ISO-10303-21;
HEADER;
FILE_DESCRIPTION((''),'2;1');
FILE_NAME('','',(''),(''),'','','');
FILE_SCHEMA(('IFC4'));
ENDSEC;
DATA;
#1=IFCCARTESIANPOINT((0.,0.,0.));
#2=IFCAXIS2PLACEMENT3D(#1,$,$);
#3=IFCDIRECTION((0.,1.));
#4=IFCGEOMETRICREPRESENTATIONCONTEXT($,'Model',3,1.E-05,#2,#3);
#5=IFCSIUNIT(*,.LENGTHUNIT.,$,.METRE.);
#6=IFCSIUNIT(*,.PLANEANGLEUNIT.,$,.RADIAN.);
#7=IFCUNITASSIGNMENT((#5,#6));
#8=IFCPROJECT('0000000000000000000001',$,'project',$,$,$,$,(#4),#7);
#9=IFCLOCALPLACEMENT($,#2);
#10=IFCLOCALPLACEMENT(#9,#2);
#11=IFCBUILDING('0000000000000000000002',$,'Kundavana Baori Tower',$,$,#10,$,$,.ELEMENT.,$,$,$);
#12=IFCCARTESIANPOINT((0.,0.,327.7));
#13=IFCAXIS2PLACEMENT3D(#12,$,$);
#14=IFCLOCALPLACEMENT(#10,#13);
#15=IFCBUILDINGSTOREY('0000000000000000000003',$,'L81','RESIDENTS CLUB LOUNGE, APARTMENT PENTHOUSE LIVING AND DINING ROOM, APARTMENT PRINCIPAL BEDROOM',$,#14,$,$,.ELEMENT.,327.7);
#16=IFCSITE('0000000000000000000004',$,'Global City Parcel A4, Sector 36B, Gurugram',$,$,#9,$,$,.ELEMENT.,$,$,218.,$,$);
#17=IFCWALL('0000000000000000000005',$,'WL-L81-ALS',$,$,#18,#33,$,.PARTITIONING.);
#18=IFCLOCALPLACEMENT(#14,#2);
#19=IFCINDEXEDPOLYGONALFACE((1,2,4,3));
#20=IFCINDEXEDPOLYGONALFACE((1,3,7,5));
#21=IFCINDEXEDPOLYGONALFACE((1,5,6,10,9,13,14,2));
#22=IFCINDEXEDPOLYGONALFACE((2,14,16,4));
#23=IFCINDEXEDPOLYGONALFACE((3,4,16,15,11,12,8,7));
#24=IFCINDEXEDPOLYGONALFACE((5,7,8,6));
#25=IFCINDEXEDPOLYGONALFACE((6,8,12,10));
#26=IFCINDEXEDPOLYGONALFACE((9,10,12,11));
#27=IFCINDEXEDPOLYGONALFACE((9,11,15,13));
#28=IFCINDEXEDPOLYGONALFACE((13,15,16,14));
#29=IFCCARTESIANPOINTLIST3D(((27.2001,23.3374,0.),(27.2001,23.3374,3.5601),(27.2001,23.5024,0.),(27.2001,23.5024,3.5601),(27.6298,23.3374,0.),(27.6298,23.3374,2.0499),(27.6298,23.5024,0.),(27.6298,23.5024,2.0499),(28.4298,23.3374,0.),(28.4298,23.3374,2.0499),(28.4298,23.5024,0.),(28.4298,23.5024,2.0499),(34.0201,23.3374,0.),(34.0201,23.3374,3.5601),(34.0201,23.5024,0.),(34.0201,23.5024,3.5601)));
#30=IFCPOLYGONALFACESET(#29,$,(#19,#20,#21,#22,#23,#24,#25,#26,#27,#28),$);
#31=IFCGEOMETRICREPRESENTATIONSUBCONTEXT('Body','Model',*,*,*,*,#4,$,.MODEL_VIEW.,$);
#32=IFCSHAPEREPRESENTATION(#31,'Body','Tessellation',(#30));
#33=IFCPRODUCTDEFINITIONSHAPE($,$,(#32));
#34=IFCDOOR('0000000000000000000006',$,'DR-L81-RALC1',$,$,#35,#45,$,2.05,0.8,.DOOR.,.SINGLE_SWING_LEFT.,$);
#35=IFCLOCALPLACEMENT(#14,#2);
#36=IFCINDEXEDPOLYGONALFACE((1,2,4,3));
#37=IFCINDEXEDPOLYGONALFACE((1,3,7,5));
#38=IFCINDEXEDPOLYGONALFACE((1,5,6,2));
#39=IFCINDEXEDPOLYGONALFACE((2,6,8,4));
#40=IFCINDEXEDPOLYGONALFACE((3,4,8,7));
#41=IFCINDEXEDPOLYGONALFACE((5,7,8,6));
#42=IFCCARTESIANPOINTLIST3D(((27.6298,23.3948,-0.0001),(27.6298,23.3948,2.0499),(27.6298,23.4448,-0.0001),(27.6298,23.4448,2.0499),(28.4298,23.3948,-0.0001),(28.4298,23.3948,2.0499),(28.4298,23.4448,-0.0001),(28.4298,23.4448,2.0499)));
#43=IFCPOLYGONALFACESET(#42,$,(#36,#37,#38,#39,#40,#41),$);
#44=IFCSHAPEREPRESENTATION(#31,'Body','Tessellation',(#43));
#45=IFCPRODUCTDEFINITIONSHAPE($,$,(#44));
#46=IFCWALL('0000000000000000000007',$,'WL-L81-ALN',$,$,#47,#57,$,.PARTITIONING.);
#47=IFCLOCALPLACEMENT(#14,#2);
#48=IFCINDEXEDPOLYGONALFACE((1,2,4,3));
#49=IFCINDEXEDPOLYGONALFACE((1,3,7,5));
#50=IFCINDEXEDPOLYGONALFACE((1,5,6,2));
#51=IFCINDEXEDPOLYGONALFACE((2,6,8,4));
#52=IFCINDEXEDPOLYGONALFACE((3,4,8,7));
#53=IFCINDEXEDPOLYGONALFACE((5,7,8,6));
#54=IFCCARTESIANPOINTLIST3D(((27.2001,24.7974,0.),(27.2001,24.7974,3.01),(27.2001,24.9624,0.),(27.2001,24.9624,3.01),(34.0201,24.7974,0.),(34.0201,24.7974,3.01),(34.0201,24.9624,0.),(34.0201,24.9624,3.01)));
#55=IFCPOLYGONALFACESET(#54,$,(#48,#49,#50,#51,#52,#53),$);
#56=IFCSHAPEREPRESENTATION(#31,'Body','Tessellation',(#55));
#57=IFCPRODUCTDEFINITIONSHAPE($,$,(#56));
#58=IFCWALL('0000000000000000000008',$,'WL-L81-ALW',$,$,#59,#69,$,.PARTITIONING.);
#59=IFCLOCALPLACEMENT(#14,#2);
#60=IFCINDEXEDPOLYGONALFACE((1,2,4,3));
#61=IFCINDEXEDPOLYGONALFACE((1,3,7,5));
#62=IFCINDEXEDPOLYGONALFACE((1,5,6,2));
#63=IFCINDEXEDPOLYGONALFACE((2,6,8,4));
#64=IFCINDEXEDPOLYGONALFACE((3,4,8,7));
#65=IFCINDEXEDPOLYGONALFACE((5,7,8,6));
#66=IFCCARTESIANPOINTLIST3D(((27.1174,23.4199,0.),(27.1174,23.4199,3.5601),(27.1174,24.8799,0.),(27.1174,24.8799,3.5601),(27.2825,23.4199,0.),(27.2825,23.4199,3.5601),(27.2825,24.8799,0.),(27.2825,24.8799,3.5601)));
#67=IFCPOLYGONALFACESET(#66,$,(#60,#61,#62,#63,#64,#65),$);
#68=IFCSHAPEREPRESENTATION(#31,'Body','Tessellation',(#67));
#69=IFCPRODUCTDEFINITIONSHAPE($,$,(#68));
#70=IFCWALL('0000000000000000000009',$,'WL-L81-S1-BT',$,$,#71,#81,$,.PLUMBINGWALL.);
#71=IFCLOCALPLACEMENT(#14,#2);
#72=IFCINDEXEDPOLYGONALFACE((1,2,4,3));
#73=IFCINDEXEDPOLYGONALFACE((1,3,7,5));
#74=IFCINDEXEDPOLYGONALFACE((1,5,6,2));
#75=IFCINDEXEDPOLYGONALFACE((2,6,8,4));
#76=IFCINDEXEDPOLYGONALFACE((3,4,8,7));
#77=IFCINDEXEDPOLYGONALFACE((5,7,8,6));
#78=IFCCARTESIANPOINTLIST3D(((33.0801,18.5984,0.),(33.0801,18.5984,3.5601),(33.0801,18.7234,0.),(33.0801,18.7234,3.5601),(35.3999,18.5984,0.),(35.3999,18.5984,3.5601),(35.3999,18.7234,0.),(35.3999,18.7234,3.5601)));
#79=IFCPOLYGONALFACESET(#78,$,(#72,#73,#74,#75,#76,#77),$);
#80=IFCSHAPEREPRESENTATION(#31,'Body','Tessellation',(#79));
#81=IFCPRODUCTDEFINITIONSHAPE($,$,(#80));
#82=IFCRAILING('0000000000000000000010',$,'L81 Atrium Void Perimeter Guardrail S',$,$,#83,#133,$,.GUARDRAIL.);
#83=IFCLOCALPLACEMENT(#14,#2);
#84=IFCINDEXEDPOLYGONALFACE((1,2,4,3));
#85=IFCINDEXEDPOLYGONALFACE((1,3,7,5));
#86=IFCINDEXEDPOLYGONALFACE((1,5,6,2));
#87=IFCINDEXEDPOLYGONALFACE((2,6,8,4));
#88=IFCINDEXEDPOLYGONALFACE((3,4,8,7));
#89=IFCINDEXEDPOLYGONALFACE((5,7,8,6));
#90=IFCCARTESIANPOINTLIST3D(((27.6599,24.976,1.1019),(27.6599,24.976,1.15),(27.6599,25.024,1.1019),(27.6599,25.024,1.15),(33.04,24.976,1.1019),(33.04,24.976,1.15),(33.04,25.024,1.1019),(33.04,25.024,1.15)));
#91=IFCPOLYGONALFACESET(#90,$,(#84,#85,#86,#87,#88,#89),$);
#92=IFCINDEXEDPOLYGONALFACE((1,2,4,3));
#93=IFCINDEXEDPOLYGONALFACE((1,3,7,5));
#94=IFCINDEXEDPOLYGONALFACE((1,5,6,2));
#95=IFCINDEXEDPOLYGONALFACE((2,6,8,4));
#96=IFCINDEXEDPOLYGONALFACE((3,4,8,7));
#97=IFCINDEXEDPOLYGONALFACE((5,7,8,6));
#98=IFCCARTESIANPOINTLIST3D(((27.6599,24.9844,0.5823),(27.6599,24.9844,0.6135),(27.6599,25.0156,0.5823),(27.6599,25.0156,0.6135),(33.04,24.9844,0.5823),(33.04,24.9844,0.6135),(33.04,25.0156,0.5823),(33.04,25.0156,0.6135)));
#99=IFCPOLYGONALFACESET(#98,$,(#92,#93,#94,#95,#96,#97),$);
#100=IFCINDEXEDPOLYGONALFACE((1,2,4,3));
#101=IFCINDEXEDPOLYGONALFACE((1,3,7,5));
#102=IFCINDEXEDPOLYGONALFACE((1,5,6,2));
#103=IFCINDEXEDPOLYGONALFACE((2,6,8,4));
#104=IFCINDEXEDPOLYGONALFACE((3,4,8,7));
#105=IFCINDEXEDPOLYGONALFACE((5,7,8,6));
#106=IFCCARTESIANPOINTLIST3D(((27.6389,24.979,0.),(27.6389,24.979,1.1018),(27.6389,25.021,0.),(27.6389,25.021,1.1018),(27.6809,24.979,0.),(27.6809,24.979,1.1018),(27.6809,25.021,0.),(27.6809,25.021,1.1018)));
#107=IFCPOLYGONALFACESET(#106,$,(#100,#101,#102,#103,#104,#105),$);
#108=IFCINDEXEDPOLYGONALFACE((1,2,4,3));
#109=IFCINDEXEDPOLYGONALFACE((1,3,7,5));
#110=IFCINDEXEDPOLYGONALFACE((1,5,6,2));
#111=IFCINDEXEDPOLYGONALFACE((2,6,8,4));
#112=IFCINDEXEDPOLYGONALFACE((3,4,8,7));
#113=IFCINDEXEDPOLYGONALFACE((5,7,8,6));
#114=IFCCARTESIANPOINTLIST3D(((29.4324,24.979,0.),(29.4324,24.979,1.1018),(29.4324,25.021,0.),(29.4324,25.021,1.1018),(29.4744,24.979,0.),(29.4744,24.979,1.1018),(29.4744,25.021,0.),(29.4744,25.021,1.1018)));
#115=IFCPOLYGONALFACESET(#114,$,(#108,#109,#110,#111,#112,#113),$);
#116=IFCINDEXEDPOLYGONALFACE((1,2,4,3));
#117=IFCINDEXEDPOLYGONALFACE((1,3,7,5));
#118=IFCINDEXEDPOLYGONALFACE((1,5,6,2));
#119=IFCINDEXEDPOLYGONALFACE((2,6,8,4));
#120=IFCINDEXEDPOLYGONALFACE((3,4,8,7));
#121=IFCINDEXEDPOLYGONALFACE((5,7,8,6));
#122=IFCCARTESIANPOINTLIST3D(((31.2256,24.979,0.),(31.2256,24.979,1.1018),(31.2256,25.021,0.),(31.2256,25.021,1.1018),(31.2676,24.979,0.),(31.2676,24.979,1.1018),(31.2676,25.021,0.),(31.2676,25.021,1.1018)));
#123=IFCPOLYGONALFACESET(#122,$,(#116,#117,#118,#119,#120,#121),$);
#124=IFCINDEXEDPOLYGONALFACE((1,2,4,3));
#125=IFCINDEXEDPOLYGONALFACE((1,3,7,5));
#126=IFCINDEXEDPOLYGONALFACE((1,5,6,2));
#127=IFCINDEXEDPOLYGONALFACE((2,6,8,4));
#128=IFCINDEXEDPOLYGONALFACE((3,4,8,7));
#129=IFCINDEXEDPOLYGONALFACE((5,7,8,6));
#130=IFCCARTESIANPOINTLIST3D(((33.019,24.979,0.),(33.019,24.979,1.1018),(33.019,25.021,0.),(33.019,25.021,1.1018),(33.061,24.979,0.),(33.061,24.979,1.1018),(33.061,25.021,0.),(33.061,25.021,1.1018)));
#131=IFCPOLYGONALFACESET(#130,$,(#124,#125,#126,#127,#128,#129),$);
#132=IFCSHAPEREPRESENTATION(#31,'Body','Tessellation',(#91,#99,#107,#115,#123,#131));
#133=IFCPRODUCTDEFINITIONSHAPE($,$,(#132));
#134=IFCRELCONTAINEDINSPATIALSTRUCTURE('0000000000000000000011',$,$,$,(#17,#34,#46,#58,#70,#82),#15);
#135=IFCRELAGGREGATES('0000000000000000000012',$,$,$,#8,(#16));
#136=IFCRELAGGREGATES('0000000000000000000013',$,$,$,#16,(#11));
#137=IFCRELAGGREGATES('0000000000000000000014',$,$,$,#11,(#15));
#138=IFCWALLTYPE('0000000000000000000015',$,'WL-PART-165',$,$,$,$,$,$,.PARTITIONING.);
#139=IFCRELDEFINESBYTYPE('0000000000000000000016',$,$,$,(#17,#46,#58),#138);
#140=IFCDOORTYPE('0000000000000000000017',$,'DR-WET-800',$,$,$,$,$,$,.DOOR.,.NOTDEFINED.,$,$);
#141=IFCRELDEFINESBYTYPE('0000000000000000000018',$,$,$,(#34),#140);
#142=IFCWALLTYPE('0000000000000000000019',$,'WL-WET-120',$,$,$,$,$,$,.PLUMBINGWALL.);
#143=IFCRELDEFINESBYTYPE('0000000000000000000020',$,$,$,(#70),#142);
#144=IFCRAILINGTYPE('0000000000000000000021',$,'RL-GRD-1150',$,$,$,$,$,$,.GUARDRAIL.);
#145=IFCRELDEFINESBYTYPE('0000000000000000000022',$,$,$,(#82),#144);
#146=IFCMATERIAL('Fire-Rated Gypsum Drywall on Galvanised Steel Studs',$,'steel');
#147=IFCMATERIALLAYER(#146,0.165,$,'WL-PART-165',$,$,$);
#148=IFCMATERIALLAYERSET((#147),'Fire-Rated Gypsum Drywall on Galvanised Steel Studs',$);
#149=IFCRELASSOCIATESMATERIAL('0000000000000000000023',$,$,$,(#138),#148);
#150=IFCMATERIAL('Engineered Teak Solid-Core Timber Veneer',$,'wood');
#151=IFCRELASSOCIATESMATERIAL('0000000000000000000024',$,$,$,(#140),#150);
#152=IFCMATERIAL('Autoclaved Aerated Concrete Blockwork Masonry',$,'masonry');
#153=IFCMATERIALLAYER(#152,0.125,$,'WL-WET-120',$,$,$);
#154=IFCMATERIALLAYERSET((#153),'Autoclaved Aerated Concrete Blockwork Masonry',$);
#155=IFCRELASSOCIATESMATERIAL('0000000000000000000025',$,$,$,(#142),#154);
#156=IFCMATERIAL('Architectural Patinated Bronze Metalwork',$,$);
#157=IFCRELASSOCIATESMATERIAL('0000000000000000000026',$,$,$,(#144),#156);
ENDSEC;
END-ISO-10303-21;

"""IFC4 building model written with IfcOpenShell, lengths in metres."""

from ifc_helpers import new_model, si_unit, direction, frame, frame_2d, origin, origin_2d, place, context, subcontext, project, spatial, rectangle, extrude, material, layer, layer_set, type_object, element, fill, save


model = new_model("IFC4")

# Units and contexts
model_context = context("Model", 3, precision=1e-05, world=origin(), true_north=direction((0.0, 1.0)))
body_context = subcontext(model_context, "Body", "Model", "MODEL_VIEW")
ifc_project = project(units=[si_unit("LENGTHUNIT", "METRE"), si_unit("PLANEANGLEUNIT", "RADIAN")], contexts=[model_context])

# Site, building, storey
site_placement = place(None, origin())
site = spatial("IfcSite", under=ifc_project, at=site_placement, Name="Global City Parcel A4, Sector 36B, Gurugram", CompositionType="ELEMENT", RefElevation=218.0)
building_placement = place(site_placement, origin())
building = spatial("IfcBuilding", under=site, at=building_placement, Name="Kundavana Baori Tower", CompositionType="ELEMENT")
storey_placement = place(building_placement, frame((0.0, 0.0, 327.7)))
storey = spatial("IfcBuildingStorey", under=building, at=storey_placement, Name="L81", Description="RESIDENTS CLUB LOUNGE, APARTMENT PENTHOUSE LIVING AND DINING ROOM, APARTMENT PRINCIPAL BEDROOM", CompositionType="ELEMENT", Elevation=327.7)

# Wall, opening, door
ifc_material_1 = material(Name="Fire-Rated Gypsum Drywall on Galvanised Steel Studs", Category="steel")
ifc_layer_1 = layer(ifc_material_1, 0.165, Name="WL-PART-165")
ifc_layer_set_1 = layer_set([ifc_layer_1], Name="Fire-Rated Gypsum Drywall on Galvanised Steel Studs")
wall_type_1 = type_object("IfcWallType", Name="WL-PART-165", PredefinedType="PARTITIONING", material=ifc_layer_set_1)
wall_1_placement = place(storey_placement, frame((27.2, 23.4199, 0.0), z_axis=(0.0, 0.0, 1.0), x_axis=(1.0, 0.0, 0.0)))
wall_1 = element("IfcWall", 1, at=wall_1_placement, inside=storey, type_object=wall_type_1, Name="WL-L81-ALS", PredefinedType="PARTITIONING", context=body_context, shape_type="SweptSolid", body=[
    extrude(rectangle(XDim=6.8201, YDim=0.165, at=frame_2d((3.4102, 0.0))), origin(), (0.0, 0.0, 1.0), 3.5601),
])
opening_1_placement = place(wall_1_placement, frame((0.4299, 0.0, 0.0)))
opening_1 = element("IfcOpeningElement", 2, at=opening_1_placement, cuts=wall_1, PredefinedType="OPENING", context=body_context, shape_type="SweptSolid", body=[
    extrude(rectangle(XDim=0.8, YDim=2.05, at=frame_2d((0.3999, 1.0249))), frame((0.0, 0.0925, 0.0), z_axis=(0.0, -1.0, 0.0), x_axis=(1.0, 0.0, 0.0)), (0.0, 0.0, 1.0), 0.1851),
])
ifc_material_2 = material(Name="Engineered Teak Solid-Core Timber Veneer", Category="wood")
door_type_1 = type_object("IfcDoorType", Name="DR-WET-800", OperationType="NOTDEFINED", PredefinedType="DOOR", material=ifc_material_2)
door_1_placement = place(opening_1_placement, origin())
door_1 = element("IfcDoor", 3, at=door_1_placement, inside=storey, type_object=door_type_1, Name="DR-L81-RALC1", OperationType="SINGLE_SWING_LEFT", OverallHeight=2.05, OverallWidth=0.8, PredefinedType="DOOR", context=body_context, shape_type="SweptSolid", body=[
    extrude(rectangle(XDim=0.8, YDim=2.05, at=frame_2d((0.3999, 1.0249))), frame((0.0, 0.0249, 0.0), z_axis=(0.0, -1.0, 0.0), x_axis=(1.0, 0.0, 0.0)), (0.0, 0.0, 1.0), 0.05),
])
fill(opening_1, door_1)

# Walls
wall_2_placement = place(storey_placement, frame((27.2, 24.8799, 0.0), z_axis=(0.0, 0.0, 1.0), x_axis=(1.0, 0.0, 0.0)))
element("IfcWall", 4, at=wall_2_placement, inside=storey, type_object=wall_type_1, Name="WL-L81-ALN", PredefinedType="PARTITIONING", context=body_context, shape_type="SweptSolid", body=[
    extrude(rectangle(XDim=6.8201, YDim=0.165, at=frame_2d((3.4102, 0.0))), origin(), (0.0, 0.0, 1.0), 3.01),
])
wall_3_placement = place(storey_placement, frame((27.2, 23.4199, 0.0), z_axis=(0.0, 0.0, 1.0), x_axis=(0.0, 1.0, 0.0)))
element("IfcWall", 5, at=wall_3_placement, inside=storey, type_object=wall_type_1, Name="WL-L81-ALW", PredefinedType="PARTITIONING", context=body_context, shape_type="SweptSolid", body=[
    extrude(rectangle(XDim=1.46, YDim=0.165, at=frame_2d((0.73, 0.0))), origin(), (0.0, 0.0, 1.0), 3.5601),
])
ifc_material_3 = material(Name="Autoclaved Aerated Concrete Blockwork Masonry", Category="masonry")
ifc_layer_2 = layer(ifc_material_3, 0.125, Name="WL-WET-120")
ifc_layer_set_2 = layer_set([ifc_layer_2], Name="Autoclaved Aerated Concrete Blockwork Masonry")
wall_type_2 = type_object("IfcWallType", Name="WL-WET-120", PredefinedType="PLUMBINGWALL", material=ifc_layer_set_2)
wall_4_placement = place(storey_placement, frame((33.0801, 18.6609, 0.0), z_axis=(0.0, 0.0, 1.0), x_axis=(1.0, 0.0, 0.0)))
element("IfcWall", 6, at=wall_4_placement, inside=storey, type_object=wall_type_2, Name="WL-L81-S1-BT", PredefinedType="PLUMBINGWALL", context=body_context, shape_type="SweptSolid", body=[
    extrude(rectangle(XDim=2.3198, YDim=0.125, at=frame_2d((1.1599, 0.0))), origin(), (0.0, 0.0, 1.0), 3.5601),
])

# Railing
ifc_material_4 = material(Name="Architectural Patinated Bronze Metalwork")
railing_type = type_object("IfcRailingType", Name="RL-GRD-1150", PredefinedType="GUARDRAIL", material=ifc_material_4)
railing_placement = place(storey_placement, frame((27.6599, 25.0, 0.0)))
element("IfcRailing", 7, at=railing_placement, inside=storey, type_object=railing_type, Name="L81 Atrium Void Perimeter Guardrail S", PredefinedType="GUARDRAIL", context=body_context, shape_type="SweptSolid", body=[
    extrude(rectangle(XDim=0.0481, YDim=0.0481, at=origin_2d()), frame((0.0, 0.0, 1.126), z_axis=(1.0, 0.0, 0.0), x_axis=(0.0, 1.0, 0.0)), (0.0, 0.0, 1.0), 5.3801),
    extrude(rectangle(XDim=0.0312, YDim=0.0312, at=origin_2d()), frame((0.0, 0.0, 0.5979), z_axis=(1.0, 0.0, 0.0), x_axis=(0.0, 1.0, 0.0)), (0.0, 0.0, 1.0), 5.3801),
    extrude(rectangle(XDim=0.042, YDim=0.042, at=origin_2d()), origin(), (0.0, 0.0, 1.0), 1.1018),
    extrude(rectangle(XDim=0.042, YDim=0.042, at=origin_2d()), frame((1.7935, 0.0, 0.0)), (0.0, 0.0, 1.0), 1.1018),
    extrude(rectangle(XDim=0.042, YDim=0.042, at=origin_2d()), frame((3.5867, 0.0, 0.0)), (0.0, 0.0, 1.0), 1.1018),
    extrude(rectangle(XDim=0.042, YDim=0.042, at=origin_2d()), frame((5.3801, 0.0, 0.0)), (0.0, 0.0, 1.0), 1.1018),
])

save(model, "model.ifc")
